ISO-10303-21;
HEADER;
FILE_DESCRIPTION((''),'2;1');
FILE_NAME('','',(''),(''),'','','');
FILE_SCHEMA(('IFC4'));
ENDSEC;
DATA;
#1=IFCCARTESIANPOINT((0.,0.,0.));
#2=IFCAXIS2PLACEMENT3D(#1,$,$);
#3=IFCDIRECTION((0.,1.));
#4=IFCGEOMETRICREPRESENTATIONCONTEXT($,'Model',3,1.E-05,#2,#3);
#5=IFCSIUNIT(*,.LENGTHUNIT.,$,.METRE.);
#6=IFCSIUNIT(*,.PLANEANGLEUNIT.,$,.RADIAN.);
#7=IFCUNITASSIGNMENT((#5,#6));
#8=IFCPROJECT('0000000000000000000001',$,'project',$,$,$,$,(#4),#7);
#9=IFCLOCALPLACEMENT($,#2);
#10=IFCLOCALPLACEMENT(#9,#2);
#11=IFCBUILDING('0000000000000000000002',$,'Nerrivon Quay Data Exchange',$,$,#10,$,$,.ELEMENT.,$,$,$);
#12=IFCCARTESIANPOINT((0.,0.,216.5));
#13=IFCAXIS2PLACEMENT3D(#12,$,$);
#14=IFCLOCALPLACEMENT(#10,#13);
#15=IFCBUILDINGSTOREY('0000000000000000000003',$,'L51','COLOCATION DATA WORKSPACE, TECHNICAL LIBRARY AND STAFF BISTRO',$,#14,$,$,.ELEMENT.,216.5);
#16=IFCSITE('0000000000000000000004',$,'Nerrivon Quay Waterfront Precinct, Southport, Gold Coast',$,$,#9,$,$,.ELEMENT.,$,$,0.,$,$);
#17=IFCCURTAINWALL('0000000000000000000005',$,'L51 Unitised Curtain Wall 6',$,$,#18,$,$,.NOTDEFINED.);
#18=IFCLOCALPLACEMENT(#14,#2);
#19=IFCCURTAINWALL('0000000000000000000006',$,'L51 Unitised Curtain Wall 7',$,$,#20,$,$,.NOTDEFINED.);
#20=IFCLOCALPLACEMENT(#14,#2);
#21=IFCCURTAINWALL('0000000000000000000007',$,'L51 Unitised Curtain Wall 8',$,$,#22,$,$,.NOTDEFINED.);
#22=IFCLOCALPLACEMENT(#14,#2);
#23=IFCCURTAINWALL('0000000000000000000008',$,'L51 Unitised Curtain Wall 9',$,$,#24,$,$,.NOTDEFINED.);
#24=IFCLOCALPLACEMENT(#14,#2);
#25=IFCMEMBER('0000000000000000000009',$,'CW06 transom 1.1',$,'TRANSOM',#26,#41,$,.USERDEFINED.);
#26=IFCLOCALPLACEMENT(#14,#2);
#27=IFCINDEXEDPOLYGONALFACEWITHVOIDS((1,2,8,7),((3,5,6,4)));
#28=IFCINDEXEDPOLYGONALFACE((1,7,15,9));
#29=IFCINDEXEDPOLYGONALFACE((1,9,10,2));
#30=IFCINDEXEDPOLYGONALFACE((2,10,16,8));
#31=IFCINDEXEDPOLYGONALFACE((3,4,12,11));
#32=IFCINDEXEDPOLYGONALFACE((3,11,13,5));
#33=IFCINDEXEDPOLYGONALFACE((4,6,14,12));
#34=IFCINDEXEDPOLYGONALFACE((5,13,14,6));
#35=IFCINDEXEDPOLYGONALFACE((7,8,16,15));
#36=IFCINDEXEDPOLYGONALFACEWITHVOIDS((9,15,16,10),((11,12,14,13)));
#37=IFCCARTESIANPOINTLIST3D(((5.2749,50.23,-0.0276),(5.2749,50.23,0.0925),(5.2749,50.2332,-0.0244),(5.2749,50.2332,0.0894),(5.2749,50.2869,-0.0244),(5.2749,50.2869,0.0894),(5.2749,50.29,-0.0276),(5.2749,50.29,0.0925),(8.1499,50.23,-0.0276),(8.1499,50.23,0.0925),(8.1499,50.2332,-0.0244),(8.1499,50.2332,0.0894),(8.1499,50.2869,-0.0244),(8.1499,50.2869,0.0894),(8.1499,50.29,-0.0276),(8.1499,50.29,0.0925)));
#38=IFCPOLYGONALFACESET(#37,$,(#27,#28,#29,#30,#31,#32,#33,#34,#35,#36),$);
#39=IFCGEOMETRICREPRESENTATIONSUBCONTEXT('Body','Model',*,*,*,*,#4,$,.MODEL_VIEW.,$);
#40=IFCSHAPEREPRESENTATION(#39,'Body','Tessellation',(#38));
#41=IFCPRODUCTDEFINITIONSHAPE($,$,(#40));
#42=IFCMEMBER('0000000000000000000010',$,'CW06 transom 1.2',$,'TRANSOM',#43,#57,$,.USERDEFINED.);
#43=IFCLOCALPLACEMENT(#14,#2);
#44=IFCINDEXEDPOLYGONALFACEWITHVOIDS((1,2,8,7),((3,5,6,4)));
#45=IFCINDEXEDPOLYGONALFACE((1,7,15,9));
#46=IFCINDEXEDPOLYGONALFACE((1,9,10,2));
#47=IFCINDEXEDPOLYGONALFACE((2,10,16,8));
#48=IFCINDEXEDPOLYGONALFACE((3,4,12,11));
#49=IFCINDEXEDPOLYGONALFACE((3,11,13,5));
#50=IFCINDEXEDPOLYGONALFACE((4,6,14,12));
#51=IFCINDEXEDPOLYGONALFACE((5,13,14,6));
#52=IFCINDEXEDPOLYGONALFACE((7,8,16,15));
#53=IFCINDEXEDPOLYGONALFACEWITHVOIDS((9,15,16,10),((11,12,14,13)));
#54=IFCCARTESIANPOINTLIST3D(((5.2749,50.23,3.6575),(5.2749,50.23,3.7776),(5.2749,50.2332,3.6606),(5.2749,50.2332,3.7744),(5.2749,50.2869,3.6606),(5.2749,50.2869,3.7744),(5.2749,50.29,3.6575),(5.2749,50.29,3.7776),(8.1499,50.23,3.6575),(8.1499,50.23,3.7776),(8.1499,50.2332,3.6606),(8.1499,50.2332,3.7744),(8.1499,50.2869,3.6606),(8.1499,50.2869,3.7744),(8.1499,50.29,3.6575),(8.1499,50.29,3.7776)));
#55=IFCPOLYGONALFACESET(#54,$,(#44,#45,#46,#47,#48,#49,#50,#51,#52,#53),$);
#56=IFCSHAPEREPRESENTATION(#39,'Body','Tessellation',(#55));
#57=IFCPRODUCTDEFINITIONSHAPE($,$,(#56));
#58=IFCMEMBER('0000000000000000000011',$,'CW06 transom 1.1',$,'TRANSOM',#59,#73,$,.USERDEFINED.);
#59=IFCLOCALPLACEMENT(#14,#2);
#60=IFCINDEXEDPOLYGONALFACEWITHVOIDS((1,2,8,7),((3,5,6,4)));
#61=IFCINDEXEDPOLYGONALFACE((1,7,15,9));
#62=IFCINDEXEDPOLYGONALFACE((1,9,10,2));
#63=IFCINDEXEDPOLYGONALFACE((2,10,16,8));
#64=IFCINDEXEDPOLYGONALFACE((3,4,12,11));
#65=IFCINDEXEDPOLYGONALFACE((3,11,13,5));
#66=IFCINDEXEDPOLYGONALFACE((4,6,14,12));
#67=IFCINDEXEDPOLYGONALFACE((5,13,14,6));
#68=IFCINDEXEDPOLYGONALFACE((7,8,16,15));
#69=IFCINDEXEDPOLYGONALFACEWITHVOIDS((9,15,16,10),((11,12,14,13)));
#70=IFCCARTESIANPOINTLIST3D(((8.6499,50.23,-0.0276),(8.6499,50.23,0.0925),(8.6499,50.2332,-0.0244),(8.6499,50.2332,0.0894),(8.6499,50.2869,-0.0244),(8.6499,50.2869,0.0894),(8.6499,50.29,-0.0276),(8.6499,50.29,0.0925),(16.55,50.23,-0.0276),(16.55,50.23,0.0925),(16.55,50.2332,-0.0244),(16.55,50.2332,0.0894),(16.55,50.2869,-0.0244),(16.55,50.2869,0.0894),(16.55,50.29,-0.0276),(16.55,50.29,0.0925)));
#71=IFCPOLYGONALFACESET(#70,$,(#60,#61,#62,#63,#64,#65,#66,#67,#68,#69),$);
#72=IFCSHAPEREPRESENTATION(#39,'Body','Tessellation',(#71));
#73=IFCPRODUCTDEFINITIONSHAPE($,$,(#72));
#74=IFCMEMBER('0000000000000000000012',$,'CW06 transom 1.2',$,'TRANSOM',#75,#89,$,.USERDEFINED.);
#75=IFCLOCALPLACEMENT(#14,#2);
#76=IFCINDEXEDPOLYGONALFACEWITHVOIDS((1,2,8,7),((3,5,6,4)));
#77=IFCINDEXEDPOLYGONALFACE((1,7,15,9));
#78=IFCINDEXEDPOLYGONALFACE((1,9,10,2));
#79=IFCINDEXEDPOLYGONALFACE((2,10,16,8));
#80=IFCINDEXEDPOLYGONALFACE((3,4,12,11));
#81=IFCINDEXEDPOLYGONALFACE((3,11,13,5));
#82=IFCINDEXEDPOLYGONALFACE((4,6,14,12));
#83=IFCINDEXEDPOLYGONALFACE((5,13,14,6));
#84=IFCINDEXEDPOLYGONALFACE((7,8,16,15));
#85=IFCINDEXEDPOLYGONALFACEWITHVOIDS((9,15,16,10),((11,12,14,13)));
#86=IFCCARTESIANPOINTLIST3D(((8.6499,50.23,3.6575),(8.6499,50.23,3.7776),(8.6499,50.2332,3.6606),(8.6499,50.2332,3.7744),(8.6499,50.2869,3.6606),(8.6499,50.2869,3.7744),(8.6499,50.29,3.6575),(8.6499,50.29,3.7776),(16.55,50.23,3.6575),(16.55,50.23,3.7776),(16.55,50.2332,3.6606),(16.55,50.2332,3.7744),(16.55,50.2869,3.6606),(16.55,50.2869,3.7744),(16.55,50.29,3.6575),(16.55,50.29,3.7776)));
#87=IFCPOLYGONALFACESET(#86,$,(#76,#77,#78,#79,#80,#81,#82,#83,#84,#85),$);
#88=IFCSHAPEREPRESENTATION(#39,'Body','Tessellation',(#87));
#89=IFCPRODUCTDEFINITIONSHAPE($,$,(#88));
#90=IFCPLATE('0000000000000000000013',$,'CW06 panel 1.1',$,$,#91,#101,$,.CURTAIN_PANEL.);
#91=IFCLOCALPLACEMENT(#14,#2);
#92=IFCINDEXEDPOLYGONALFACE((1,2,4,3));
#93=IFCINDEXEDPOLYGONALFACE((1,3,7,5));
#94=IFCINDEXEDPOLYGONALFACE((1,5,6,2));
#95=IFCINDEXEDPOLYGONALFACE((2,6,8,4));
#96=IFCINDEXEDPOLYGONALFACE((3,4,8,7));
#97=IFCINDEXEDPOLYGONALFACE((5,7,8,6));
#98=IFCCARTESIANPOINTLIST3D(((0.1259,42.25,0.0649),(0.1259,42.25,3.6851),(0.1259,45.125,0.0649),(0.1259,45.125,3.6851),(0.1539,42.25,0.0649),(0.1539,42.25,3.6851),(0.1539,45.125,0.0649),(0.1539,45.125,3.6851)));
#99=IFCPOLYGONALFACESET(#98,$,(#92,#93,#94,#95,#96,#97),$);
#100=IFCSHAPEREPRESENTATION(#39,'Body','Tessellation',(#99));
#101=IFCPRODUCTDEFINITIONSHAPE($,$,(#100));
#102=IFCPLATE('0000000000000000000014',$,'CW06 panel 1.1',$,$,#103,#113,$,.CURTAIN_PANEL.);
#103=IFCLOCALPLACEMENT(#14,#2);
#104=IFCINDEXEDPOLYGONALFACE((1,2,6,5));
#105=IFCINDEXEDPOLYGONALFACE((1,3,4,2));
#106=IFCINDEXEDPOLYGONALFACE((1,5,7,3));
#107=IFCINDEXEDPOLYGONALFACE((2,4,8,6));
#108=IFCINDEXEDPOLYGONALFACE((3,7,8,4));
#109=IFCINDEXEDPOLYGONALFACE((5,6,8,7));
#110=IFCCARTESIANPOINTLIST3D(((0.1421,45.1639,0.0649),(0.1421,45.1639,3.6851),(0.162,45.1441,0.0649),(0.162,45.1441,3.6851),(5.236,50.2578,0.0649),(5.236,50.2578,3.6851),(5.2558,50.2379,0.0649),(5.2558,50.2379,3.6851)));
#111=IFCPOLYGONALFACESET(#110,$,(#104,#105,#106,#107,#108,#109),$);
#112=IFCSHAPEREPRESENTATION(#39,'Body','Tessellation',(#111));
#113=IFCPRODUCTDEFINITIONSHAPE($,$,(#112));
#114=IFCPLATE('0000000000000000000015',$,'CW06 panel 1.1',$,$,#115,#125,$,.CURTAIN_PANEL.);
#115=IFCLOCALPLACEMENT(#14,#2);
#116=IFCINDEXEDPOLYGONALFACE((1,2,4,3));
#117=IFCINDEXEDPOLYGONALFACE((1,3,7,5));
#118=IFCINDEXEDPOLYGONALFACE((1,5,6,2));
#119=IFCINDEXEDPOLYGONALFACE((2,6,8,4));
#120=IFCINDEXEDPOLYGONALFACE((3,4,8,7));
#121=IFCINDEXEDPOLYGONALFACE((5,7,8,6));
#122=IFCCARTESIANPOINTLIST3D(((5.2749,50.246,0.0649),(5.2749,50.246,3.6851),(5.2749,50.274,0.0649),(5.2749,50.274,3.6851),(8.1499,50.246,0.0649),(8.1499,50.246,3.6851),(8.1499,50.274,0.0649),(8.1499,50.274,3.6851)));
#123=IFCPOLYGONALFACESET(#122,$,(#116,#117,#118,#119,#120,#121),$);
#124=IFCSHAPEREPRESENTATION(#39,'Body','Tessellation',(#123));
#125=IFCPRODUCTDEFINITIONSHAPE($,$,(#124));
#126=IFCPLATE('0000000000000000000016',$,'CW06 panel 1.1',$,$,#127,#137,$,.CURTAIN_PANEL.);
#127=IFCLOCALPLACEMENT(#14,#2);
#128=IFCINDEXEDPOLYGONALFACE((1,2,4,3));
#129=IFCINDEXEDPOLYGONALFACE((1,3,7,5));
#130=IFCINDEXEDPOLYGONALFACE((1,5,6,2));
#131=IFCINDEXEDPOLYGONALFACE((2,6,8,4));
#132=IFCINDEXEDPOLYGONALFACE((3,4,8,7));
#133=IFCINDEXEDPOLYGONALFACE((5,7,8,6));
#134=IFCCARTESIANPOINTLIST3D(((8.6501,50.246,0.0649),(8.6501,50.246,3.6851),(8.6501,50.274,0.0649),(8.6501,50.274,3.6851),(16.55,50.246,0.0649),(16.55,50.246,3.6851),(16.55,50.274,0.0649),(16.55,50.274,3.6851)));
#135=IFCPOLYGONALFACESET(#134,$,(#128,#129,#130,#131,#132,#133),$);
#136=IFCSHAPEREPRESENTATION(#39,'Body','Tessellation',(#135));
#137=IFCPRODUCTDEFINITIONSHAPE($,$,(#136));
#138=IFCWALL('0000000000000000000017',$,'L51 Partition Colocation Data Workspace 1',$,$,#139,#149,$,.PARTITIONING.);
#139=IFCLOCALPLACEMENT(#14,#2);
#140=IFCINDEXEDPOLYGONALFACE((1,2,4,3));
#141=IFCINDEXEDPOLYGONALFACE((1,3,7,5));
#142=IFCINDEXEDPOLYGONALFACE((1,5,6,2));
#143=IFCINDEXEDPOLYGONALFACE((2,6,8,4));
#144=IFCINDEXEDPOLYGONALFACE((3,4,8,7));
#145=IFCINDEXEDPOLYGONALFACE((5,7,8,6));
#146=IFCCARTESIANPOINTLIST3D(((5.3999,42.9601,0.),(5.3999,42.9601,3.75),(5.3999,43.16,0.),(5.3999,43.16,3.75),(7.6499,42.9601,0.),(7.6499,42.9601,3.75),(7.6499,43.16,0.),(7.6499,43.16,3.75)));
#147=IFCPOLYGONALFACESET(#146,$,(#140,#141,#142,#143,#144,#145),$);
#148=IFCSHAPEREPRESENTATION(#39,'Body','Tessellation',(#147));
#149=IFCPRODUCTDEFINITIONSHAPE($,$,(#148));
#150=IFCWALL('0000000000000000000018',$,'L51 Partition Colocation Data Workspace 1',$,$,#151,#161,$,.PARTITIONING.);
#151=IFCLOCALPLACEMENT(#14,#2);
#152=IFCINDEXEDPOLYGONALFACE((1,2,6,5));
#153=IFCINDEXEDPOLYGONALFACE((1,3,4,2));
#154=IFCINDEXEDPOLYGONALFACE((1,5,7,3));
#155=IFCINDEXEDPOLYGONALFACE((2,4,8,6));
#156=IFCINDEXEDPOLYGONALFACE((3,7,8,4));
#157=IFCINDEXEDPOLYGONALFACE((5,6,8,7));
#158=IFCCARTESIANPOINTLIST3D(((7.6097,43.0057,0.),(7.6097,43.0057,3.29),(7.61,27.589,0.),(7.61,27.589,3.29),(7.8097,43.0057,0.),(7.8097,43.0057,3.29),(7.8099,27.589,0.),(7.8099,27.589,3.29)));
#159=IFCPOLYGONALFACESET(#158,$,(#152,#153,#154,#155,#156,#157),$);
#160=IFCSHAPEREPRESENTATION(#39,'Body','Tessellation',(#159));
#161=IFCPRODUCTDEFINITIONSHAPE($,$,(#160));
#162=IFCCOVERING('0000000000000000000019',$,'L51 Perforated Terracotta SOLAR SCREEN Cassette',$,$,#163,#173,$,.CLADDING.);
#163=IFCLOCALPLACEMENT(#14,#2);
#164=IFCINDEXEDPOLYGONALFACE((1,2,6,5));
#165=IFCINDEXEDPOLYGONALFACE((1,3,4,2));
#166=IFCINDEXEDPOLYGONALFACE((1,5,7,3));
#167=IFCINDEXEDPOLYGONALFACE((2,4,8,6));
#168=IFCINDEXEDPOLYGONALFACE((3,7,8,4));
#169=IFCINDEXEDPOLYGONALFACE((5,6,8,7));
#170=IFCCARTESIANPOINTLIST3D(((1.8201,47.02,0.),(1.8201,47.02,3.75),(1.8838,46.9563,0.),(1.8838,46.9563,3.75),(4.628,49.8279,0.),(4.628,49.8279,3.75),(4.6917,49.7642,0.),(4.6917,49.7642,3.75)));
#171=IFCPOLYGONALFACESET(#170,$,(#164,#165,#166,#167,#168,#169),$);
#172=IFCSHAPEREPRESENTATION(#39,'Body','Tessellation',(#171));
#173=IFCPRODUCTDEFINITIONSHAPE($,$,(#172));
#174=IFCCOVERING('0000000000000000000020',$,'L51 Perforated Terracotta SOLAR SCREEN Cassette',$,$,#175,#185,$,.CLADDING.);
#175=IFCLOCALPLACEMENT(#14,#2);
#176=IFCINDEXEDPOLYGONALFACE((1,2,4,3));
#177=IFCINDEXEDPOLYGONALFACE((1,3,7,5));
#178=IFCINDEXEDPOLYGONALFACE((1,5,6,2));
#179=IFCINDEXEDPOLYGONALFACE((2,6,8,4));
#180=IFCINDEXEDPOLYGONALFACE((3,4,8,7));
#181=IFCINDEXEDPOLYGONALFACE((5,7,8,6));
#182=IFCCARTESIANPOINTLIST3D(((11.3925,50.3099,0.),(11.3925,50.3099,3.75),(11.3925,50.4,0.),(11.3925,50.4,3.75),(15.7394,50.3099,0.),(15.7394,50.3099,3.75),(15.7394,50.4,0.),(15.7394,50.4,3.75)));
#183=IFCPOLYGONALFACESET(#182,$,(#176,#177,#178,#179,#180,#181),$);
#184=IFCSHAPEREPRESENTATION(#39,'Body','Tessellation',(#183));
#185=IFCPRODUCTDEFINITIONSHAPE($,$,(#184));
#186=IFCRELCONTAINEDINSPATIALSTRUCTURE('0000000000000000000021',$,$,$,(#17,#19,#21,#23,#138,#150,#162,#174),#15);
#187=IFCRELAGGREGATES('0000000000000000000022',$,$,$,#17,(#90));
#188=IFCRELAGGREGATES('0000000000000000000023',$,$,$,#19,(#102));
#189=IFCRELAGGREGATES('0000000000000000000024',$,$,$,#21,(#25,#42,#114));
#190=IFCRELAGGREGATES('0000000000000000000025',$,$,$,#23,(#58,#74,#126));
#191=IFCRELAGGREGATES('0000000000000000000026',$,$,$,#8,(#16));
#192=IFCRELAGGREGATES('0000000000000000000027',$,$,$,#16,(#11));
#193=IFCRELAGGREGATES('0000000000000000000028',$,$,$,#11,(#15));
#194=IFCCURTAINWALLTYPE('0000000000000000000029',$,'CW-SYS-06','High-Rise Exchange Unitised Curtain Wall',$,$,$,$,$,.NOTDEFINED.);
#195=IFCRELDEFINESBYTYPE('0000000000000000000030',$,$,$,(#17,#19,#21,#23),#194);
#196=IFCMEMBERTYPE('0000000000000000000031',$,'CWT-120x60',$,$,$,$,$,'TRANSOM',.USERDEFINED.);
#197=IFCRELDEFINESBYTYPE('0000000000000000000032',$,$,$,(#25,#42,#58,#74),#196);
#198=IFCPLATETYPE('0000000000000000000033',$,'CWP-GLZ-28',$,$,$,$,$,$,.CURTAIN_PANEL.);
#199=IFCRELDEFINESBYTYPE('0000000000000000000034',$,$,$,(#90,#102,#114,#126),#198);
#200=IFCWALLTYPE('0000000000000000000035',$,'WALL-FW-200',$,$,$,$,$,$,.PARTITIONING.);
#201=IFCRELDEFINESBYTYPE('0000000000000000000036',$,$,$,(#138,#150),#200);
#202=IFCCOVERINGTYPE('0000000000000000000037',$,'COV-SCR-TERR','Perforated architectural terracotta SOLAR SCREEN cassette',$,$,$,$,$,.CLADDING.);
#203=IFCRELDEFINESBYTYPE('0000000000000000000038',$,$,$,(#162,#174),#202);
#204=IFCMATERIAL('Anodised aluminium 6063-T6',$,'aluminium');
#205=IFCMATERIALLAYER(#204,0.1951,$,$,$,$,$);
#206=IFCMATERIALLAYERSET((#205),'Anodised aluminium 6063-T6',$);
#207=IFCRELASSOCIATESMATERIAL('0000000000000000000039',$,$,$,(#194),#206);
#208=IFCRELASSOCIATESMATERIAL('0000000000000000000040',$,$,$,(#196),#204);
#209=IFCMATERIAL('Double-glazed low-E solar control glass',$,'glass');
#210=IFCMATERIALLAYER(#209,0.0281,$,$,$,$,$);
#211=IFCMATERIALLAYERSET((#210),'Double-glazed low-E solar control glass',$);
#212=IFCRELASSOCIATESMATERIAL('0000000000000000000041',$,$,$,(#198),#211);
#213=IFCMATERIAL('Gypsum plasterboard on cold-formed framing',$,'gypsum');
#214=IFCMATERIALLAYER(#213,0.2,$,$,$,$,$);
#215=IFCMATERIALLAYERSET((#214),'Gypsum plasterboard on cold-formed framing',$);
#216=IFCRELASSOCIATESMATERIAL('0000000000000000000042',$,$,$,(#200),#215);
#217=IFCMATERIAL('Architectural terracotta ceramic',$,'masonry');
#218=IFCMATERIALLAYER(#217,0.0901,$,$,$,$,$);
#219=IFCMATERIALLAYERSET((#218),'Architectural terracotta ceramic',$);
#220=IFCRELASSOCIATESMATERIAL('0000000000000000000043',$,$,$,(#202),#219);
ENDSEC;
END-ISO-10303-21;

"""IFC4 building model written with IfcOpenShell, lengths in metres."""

from ifc_helpers import new_model, si_unit, direction, frame, frame_2d, origin, origin_2d, place, context, subcontext, project, spatial, rectangle, hollow_rectangle, extrude, material, layer, layer_set, material_profile, profile_set, type_object, element, aggregate, save


model = new_model("IFC4")

# Units and contexts
model_context = context("Model", 3, precision=1e-05, world=origin(), true_north=direction((0.0, 1.0)))
body_context = subcontext(model_context, "Body", "Model", "MODEL_VIEW")
ifc_project = project(units=[si_unit("LENGTHUNIT", "METRE"), si_unit("PLANEANGLEUNIT", "RADIAN")], contexts=[model_context])

# Site, building, storey
site_placement = place(None, origin())
site = spatial("IfcSite", under=ifc_project, at=site_placement, Name="Nerrivon Quay Waterfront Precinct, Southport, Gold Coast", CompositionType="ELEMENT", RefElevation=0.0)
building_placement = place(site_placement, origin())
building = spatial("IfcBuilding", under=site, at=building_placement, Name="Nerrivon Quay Data Exchange", CompositionType="ELEMENT")
storey_placement = place(building_placement, frame((0.0, 0.0, 216.5)))
storey = spatial("IfcBuildingStorey", under=building, at=storey_placement, Name="L51", Description="COLOCATION DATA WORKSPACE, TECHNICAL LIBRARY AND STAFF BISTRO", CompositionType="ELEMENT", Elevation=216.5)

# Curtain walls
ifc_material_1 = material(Name="Anodised aluminium 6063-T6", Category="aluminium")
ifc_layer_1 = layer(ifc_material_1, 0.1951)
ifc_layer_set_1 = layer_set([ifc_layer_1], Name="Anodised aluminium 6063-T6")
curtain_wall_type = type_object("IfcCurtainWallType", Name="CW-SYS-06", Description="High-Rise Exchange Unitised Curtain Wall", PredefinedType="NOTDEFINED", material=ifc_layer_set_1)
curtain_wall_1_placement = place(storey_placement, origin())
curtain_wall_1 = element("IfcCurtainWall", 1, at=curtain_wall_1_placement, inside=storey, type_object=curtain_wall_type, Name="L51 Unitised Curtain Wall 6", PredefinedType="NOTDEFINED")
curtain_wall_2_placement = place(storey_placement, origin())
curtain_wall_2 = element("IfcCurtainWall", 2, at=curtain_wall_2_placement, inside=storey, type_object=curtain_wall_type, Name="L51 Unitised Curtain Wall 7", PredefinedType="NOTDEFINED")
curtain_wall_3_placement = place(storey_placement, origin())
curtain_wall_3 = element("IfcCurtainWall", 3, at=curtain_wall_3_placement, inside=storey, type_object=curtain_wall_type, Name="L51 Unitised Curtain Wall 8", PredefinedType="NOTDEFINED")

# Curtain wall
curtain_wall_4_placement = place(storey_placement, origin())
curtain_wall_4 = element("IfcCurtainWall", 4, at=curtain_wall_4_placement, inside=storey, type_object=curtain_wall_type, Name="L51 Unitised Curtain Wall 9", PredefinedType="NOTDEFINED")

# Members
ifc_material_profile_1 = material_profile(ifc_material_1, hollow_rectangle(XDim=0.0601, YDim=0.1201, WallThickness=0.0032, at=origin_2d()), Name="ALU-TRAN-120x60")
ifc_profile_set_1 = profile_set([ifc_material_profile_1], Name="Anodised aluminium 6063-T6")
member_type_1 = type_object("IfcMemberType", Name="CWT-120x60", ElementType="TRANSOM", PredefinedType="USERDEFINED", material=ifc_profile_set_1)
member_1_placement = place(storey_placement, frame((5.2749, 50.26, 0.0325), z_axis=(1.0, 0.0, 0.0), x_axis=(0.0, 1.0, 0.0)))
member_1 = element("IfcMember", 5, at=member_1_placement, type_object=member_type_1, Name="CW06 transom 1.1", ObjectType="TRANSOM", PredefinedType="USERDEFINED", context=body_context, shape_type="SweptSolid", body=[
    extrude(hollow_rectangle(XDim=0.0601, YDim=0.1201, WallThickness=0.0032, at=origin_2d()), origin(), (0.0, 0.0, 1.0), 2.875),
])
member_2_placement = place(storey_placement, frame((5.2749, 50.26, 3.7175), z_axis=(1.0, 0.0, 0.0), x_axis=(0.0, 1.0, 0.0)))
member_2 = element("IfcMember", 6, at=member_2_placement, type_object=member_type_1, Name="CW06 transom 1.2", ObjectType="TRANSOM", PredefinedType="USERDEFINED", context=body_context, shape_type="SweptSolid", body=[
    extrude(hollow_rectangle(XDim=0.0601, YDim=0.1201, WallThickness=0.0032, at=origin_2d()), origin(), (0.0, 0.0, 1.0), 2.875),
])
member_3_placement = place(storey_placement, frame((8.6499, 50.26, 0.0325), z_axis=(1.0, 0.0, 0.0), x_axis=(0.0, 1.0, 0.0)))
member_3 = element("IfcMember", 7, at=member_3_placement, type_object=member_type_1, Name="CW06 transom 1.1", ObjectType="TRANSOM", PredefinedType="USERDEFINED", context=body_context, shape_type="SweptSolid", body=[
    extrude(hollow_rectangle(XDim=0.0601, YDim=0.1201, WallThickness=0.0032, at=origin_2d()), origin(), (0.0, 0.0, 1.0), 7.9001),
])
member_4_placement = place(storey_placement, frame((8.6499, 50.26, 3.7175), z_axis=(1.0, 0.0, 0.0), x_axis=(0.0, 1.0, 0.0)))
member_4 = element("IfcMember", 8, at=member_4_placement, type_object=member_type_1, Name="CW06 transom 1.2", ObjectType="TRANSOM", PredefinedType="USERDEFINED", context=body_context, shape_type="SweptSolid", body=[
    extrude(hollow_rectangle(XDim=0.0601, YDim=0.1201, WallThickness=0.0032, at=origin_2d()), origin(), (0.0, 0.0, 1.0), 7.9001),
])

# Plates
ifc_material_2 = material(Name="Double-glazed low-E solar control glass", Category="glass")
ifc_layer_2 = layer(ifc_material_2, 0.0281)
ifc_layer_set_2 = layer_set([ifc_layer_2], Name="Double-glazed low-E solar control glass")
plate_type = type_object("IfcPlateType", Name="CWP-GLZ-28", PredefinedType="CURTAIN_PANEL", material=ifc_layer_set_2)
plate_1_placement = place(storey_placement, frame((0.1399, 43.6875, 0.0649), z_axis=(0.0, 0.0, 1.0), x_axis=(0.0, 1.0, 0.0)))
plate_1 = element("IfcPlate", 9, at=plate_1_placement, type_object=plate_type, Name="CW06 panel 1.1", PredefinedType="CURTAIN_PANEL", context=body_context, shape_type="SweptSolid", body=[
    extrude(rectangle(XDim=2.875, YDim=0.0281, at=origin_2d()), origin(), (0.0, 0.0, 1.0), 3.6201),
])
aggregate(curtain_wall_1, [plate_1])
plate_2_placement = place(storey_placement, frame((2.699, 47.7009, 0.0649), z_axis=(0.0, 0.0, 1.0), x_axis=(0.707107, 0.707107, 0.0)))
plate_2 = element("IfcPlate", 10, at=plate_2_placement, type_object=plate_type, Name="CW06 panel 1.1", PredefinedType="CURTAIN_PANEL", context=body_context, shape_type="SweptSolid", body=[
    extrude(rectangle(XDim=7.2039, YDim=0.0281, at=origin_2d()), origin(), (0.0, 0.0, 1.0), 3.6201),
])
aggregate(curtain_wall_2, [plate_2])
plate_3_placement = place(storey_placement, frame((6.7124, 50.26, 0.0649), z_axis=(0.0, 0.0, 1.0), x_axis=(1.0, 0.0, 0.0)))
plate_3 = element("IfcPlate", 11, at=plate_3_placement, type_object=plate_type, Name="CW06 panel 1.1", PredefinedType="CURTAIN_PANEL", context=body_context, shape_type="SweptSolid", body=[
    extrude(rectangle(XDim=2.875, YDim=0.0281, at=origin_2d()), origin(), (0.0, 0.0, 1.0), 3.6201),
])
aggregate(curtain_wall_3, [member_1, member_2, plate_3])
plate_4_placement = place(storey_placement, frame((12.6001, 50.26, 0.0649), z_axis=(0.0, 0.0, 1.0), x_axis=(1.0, 0.0, 0.0)))
plate_4 = element("IfcPlate", 12, at=plate_4_placement, type_object=plate_type, Name="CW06 panel 1.1", PredefinedType="CURTAIN_PANEL", context=body_context, shape_type="SweptSolid", body=[
    extrude(rectangle(XDim=7.8999, YDim=0.0281, at=origin_2d()), origin(), (0.0, 0.0, 1.0), 3.6201),
])
aggregate(curtain_wall_4, [member_3, member_4, plate_4])

# Walls
ifc_material_3 = material(Name="Gypsum plasterboard on cold-formed framing", Category="gypsum")
ifc_layer_3 = layer(ifc_material_3, 0.2)
ifc_layer_set_3 = layer_set([ifc_layer_3], Name="Gypsum plasterboard on cold-formed framing")
wall_type = type_object("IfcWallType", Name="WALL-FW-200", PredefinedType="PARTITIONING", material=ifc_layer_set_3)
wall_1_placement = place(storey_placement, frame((5.3999, 43.0601, 0.0), z_axis=(0.0, 0.0, 1.0), x_axis=(1.0, 0.0, 0.0)))
element("IfcWall", 13, at=wall_1_placement, inside=storey, type_object=wall_type, Name="L51 Partition Colocation Data Workspace 1", PredefinedType="PARTITIONING", context=body_context, shape_type="SweptSolid", body=[
    extrude(rectangle(XDim=2.25, YDim=0.2, at=frame_2d((1.125, 0.0))), origin(), (0.0, 0.0, 1.0), 3.75),
])
wall_2_placement = place(storey_placement, frame((7.7097, 43.0059, 0.0), z_axis=(0.0, 0.0, 1.0), x_axis=(0.000016, -1.0, 0.0)))
element("IfcWall", 14, at=wall_2_placement, inside=storey, type_object=wall_type, Name="L51 Partition Colocation Data Workspace 1", PredefinedType="PARTITIONING", context=body_context, shape_type="SweptSolid", body=[
    extrude(rectangle(XDim=15.4167, YDim=0.2, at=frame_2d((7.7085, 0.0))), origin(), (0.0, 0.0, 1.0), 3.29),
])

# Coverings
ifc_material_4 = material(Name="Architectural terracotta ceramic", Category="masonry")
ifc_layer_4 = layer(ifc_material_4, 0.0901)
ifc_layer_set_4 = layer_set([ifc_layer_4], Name="Architectural terracotta ceramic")
covering_type = type_object("IfcCoveringType", Name="COV-SCR-TERR", Description="Perforated architectural terracotta SOLAR SCREEN cassette", PredefinedType="CLADDING", material=ifc_layer_set_4)
covering_1_placement = place(storey_placement, frame((3.2559, 48.3921, 0.0), z_axis=(0.0, 0.0, 1.0), x_axis=(0.707107, 0.707107, 0.0)))
element("IfcCovering", 15, at=covering_1_placement, inside=storey, type_object=covering_type, Name="L51 Perforated Terracotta SOLAR SCREEN Cassette", PredefinedType="CLADDING", context=body_context, shape_type="SweptSolid", body=[
    extrude(rectangle(XDim=3.9709, YDim=0.0901, at=origin_2d()), origin(), (0.0, 0.0, 1.0), 3.75),
])
covering_2_placement = place(storey_placement, frame((13.5659, 50.355, 0.0), z_axis=(0.0, 0.0, 1.0), x_axis=(1.0, 0.0, 0.0)))
element("IfcCovering", 16, at=covering_2_placement, inside=storey, type_object=covering_type, Name="L51 Perforated Terracotta SOLAR SCREEN Cassette", PredefinedType="CLADDING", context=body_context, shape_type="SweptSolid", body=[
    extrude(rectangle(XDim=4.3469, YDim=0.0901, at=origin_2d()), origin(), (0.0, 0.0, 1.0), 3.75),
])

save(model, "model.ifc")
